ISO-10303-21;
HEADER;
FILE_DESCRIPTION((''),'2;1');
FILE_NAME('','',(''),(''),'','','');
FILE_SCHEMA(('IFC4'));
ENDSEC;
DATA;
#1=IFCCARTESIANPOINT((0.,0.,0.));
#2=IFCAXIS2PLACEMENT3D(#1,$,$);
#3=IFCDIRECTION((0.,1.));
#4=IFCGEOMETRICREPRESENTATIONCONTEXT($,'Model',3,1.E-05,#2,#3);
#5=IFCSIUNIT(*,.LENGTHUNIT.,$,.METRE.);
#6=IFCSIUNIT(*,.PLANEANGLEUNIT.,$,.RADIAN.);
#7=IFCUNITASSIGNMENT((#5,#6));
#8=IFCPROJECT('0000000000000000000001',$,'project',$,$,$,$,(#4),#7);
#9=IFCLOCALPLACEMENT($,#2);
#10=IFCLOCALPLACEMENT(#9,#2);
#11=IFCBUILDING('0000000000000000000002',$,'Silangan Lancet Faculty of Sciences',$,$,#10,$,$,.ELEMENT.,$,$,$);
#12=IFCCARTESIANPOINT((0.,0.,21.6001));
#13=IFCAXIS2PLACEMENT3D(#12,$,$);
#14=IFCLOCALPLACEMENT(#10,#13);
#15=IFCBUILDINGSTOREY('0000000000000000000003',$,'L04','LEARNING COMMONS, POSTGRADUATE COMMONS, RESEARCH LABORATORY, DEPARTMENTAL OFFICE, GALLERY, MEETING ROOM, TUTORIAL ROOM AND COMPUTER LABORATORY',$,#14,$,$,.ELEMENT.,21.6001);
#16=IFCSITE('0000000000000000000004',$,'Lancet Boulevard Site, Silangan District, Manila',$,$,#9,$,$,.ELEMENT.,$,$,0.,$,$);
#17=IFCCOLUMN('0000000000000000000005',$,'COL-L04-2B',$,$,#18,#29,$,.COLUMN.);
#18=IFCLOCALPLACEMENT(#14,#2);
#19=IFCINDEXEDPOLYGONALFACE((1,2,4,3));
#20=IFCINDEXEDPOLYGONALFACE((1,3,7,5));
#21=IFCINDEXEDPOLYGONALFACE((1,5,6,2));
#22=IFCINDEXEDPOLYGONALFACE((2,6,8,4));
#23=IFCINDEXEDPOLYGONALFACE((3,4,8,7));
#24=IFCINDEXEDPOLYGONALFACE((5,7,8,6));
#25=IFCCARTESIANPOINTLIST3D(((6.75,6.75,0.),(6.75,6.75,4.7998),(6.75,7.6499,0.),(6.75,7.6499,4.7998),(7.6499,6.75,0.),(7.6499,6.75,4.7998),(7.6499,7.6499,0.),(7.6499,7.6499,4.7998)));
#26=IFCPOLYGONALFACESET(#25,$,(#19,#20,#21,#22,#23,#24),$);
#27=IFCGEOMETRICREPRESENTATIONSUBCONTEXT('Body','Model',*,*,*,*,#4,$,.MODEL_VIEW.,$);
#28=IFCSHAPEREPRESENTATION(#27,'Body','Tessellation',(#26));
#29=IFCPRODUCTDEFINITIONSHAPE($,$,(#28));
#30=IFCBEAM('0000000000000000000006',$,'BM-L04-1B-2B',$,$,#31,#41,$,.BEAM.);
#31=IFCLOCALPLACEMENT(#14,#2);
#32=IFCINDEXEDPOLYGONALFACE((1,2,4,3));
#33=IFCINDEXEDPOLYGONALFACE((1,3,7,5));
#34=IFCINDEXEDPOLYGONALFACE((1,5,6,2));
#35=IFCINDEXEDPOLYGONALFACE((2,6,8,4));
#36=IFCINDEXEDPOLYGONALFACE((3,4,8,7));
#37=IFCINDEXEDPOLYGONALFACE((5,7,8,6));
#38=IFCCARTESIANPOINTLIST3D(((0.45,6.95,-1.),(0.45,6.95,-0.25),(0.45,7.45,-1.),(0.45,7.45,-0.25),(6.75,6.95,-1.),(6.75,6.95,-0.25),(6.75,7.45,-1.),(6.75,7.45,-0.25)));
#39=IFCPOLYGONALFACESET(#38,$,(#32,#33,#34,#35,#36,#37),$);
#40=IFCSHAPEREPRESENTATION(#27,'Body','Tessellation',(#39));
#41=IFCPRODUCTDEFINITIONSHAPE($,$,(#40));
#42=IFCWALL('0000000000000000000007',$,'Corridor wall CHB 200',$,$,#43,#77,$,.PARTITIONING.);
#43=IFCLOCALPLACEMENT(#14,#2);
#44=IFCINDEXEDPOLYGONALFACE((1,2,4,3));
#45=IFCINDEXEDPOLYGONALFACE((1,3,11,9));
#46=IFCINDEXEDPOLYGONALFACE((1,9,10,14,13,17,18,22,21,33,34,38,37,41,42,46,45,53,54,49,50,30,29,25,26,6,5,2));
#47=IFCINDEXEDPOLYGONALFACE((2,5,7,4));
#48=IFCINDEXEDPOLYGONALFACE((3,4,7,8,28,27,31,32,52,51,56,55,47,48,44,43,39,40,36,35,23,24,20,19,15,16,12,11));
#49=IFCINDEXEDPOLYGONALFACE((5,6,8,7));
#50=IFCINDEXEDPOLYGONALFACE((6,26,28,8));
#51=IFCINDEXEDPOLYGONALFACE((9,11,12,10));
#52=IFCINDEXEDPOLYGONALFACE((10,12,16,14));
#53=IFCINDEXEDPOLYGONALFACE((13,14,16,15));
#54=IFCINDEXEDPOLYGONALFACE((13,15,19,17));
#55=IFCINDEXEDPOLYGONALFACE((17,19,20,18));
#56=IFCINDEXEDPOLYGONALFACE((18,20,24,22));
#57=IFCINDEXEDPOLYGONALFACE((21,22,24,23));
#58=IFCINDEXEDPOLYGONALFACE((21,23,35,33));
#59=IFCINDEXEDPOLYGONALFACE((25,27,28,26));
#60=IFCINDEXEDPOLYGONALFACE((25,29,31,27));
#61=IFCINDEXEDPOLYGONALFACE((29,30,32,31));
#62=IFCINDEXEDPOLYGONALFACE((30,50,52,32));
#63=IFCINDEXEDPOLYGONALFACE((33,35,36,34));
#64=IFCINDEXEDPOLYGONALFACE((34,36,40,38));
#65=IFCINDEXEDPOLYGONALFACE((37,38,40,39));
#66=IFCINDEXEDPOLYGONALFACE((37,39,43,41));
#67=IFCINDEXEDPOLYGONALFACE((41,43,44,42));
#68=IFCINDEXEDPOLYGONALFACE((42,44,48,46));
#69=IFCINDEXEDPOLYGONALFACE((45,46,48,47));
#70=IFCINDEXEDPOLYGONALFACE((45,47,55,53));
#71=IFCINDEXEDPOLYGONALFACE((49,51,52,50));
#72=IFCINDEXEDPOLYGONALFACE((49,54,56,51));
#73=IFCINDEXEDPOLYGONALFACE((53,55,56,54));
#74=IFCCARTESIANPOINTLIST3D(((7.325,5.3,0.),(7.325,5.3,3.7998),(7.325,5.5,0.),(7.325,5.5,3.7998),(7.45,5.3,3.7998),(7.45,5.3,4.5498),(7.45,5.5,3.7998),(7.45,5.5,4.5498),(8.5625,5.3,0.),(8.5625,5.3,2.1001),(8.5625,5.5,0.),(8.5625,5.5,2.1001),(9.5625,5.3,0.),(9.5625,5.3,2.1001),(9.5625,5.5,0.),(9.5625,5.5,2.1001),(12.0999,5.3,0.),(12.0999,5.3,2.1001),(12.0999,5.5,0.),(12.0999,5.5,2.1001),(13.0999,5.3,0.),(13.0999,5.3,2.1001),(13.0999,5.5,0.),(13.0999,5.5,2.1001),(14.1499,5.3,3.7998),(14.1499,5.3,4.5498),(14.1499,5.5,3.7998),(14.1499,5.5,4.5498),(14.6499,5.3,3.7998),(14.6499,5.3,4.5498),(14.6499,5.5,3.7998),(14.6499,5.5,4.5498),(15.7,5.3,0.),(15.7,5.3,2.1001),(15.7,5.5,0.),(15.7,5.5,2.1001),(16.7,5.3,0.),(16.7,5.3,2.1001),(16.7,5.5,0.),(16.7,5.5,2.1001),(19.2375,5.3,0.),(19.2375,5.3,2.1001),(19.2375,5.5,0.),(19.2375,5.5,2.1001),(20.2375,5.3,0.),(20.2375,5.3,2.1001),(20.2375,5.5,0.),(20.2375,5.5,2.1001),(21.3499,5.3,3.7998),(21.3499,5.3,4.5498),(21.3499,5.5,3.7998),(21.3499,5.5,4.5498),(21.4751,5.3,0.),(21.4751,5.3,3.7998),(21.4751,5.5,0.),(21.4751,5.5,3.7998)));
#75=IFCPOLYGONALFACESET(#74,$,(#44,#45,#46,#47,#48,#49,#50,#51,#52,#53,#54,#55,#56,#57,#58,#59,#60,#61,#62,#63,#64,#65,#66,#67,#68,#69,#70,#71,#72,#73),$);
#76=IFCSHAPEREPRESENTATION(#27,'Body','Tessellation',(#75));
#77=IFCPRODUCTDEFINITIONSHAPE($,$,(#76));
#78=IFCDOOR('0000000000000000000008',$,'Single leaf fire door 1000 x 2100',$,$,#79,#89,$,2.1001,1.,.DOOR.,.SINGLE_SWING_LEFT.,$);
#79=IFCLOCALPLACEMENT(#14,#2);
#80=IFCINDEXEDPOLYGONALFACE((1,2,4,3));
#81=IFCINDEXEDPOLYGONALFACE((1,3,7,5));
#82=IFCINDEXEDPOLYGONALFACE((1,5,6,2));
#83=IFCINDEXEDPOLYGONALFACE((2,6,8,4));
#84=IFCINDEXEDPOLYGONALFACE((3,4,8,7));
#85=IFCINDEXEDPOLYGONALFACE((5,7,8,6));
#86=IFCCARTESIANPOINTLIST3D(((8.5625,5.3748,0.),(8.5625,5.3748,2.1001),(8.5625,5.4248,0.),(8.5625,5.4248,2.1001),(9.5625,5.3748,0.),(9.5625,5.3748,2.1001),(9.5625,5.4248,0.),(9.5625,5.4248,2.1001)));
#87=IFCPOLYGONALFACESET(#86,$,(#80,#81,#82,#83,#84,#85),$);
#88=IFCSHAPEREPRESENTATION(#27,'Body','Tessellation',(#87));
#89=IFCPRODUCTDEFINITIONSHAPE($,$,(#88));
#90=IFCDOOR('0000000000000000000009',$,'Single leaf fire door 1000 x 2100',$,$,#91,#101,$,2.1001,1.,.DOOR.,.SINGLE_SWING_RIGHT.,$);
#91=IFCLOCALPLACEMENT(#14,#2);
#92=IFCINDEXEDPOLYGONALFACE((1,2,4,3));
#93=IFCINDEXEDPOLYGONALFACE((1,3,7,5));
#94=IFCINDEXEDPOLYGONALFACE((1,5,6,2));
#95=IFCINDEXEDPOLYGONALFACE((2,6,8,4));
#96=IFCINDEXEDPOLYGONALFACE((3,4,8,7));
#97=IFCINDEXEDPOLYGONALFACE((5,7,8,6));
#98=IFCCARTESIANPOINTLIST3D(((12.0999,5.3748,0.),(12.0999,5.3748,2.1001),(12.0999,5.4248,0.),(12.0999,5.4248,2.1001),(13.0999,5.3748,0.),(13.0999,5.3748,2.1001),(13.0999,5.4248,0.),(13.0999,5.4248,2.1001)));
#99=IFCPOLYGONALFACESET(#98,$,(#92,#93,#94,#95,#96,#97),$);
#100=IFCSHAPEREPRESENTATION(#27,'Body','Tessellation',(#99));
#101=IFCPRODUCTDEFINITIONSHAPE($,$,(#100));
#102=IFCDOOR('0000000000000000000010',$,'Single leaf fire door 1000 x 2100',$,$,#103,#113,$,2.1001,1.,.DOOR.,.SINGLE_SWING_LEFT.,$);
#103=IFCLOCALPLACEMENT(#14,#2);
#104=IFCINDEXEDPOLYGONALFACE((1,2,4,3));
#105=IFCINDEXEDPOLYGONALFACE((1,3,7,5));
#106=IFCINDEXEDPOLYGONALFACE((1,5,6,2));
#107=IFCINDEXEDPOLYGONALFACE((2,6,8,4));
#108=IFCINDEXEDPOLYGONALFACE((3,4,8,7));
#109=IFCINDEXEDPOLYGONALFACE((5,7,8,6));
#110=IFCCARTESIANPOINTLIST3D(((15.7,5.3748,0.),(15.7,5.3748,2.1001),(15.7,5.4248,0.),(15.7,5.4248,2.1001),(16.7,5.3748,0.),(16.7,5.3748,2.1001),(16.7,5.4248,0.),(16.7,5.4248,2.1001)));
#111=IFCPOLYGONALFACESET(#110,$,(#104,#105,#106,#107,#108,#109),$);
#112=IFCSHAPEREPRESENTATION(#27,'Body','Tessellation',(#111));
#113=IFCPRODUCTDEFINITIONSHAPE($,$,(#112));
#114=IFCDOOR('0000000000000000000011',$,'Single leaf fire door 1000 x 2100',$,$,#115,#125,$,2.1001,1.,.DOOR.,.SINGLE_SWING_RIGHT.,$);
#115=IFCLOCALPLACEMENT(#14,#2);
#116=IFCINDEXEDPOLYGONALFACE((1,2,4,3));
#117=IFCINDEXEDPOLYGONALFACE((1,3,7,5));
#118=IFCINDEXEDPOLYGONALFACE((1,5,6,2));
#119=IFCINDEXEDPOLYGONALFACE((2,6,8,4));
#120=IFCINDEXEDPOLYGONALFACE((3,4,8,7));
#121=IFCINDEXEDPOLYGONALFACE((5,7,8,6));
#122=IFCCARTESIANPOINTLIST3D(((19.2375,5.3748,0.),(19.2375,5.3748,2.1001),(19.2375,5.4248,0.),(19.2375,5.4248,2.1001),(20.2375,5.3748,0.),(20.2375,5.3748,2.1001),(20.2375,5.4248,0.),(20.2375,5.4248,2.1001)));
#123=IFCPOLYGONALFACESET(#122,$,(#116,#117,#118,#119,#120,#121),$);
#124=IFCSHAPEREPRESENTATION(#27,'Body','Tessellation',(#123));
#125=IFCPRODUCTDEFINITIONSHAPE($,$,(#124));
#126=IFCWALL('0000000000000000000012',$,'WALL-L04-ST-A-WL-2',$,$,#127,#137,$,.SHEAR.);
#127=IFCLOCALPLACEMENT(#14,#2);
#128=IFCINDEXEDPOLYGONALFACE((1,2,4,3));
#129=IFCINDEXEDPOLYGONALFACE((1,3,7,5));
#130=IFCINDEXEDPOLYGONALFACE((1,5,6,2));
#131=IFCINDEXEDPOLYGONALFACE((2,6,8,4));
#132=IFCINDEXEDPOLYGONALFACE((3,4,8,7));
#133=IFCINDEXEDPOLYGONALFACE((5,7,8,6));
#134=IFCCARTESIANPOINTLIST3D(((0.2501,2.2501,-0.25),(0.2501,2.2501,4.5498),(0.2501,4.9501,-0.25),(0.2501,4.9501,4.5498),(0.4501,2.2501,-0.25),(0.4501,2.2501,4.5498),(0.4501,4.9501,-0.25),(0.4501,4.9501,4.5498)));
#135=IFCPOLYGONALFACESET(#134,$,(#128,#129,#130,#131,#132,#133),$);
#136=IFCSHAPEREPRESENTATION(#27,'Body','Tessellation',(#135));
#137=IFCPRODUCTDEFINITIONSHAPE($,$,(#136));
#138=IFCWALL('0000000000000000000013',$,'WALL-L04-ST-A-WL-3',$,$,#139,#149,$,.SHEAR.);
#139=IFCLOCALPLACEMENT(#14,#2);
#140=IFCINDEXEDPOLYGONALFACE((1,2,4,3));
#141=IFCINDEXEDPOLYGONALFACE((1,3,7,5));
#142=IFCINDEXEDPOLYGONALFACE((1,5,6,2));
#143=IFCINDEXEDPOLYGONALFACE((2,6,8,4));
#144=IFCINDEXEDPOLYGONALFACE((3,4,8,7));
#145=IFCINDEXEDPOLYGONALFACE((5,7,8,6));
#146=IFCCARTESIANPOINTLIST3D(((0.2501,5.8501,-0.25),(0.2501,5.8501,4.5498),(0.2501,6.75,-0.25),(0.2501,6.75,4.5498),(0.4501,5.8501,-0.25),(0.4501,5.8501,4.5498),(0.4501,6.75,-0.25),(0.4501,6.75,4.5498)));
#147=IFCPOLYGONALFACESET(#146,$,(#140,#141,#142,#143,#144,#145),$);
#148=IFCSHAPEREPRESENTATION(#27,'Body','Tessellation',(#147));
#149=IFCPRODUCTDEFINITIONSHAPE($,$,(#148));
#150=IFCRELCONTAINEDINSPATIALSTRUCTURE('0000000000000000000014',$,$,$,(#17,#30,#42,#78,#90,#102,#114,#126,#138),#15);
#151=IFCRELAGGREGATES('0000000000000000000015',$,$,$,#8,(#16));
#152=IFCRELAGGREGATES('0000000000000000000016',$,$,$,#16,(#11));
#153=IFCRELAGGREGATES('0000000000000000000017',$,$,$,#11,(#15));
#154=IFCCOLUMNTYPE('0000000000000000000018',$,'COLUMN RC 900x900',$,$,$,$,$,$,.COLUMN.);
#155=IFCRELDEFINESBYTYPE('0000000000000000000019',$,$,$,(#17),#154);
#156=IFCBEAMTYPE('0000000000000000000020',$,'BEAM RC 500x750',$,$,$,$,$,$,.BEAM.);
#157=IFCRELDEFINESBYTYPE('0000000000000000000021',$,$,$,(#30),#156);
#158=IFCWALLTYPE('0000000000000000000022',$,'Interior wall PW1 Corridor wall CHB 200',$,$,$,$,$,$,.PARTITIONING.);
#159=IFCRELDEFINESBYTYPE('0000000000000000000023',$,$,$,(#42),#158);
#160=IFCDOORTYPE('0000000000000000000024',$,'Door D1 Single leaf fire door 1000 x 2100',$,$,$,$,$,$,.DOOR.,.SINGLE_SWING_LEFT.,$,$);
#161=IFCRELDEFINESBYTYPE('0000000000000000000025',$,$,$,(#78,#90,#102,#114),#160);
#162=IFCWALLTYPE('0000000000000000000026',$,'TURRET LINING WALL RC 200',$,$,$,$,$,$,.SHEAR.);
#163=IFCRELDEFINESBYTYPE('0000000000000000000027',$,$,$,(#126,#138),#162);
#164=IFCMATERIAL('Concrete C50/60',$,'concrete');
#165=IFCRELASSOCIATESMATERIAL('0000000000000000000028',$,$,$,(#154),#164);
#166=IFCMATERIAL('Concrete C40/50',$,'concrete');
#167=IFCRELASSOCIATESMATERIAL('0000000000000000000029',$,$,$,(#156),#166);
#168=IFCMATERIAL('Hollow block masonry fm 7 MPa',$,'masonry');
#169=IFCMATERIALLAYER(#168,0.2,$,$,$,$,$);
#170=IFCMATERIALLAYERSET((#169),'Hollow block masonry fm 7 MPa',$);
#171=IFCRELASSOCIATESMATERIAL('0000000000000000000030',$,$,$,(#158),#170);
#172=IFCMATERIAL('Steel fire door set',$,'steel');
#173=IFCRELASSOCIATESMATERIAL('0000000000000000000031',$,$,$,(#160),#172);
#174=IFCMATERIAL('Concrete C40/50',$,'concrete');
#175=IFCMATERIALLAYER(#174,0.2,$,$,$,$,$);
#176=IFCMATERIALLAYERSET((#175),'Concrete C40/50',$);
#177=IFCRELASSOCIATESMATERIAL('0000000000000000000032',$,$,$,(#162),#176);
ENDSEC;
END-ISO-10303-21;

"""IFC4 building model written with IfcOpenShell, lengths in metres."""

from ifc_helpers import new_model, si_unit, direction, frame, frame_2d, origin, origin_2d, place, context, subcontext, project, spatial, polyline, rectangle, outline, extrude, material, layer, layer_set, material_profile, profile_set, type_object, element, fill, save


model = new_model("IFC4")

# Units and contexts
model_context = context("Model", 3, precision=1e-05, world=origin(), true_north=direction((0.0, 1.0)))
body_context = subcontext(model_context, "Body", "Model", "MODEL_VIEW")
ifc_project = project(units=[si_unit("LENGTHUNIT", "METRE"), si_unit("PLANEANGLEUNIT", "RADIAN")], contexts=[model_context])

# Site, building, storey
site_placement = place(None, origin())
site = spatial("IfcSite", under=ifc_project, at=site_placement, Name="Lancet Boulevard Site, Silangan District, Manila", CompositionType="ELEMENT", RefElevation=0.0)
building_placement = place(site_placement, origin())
building = spatial("IfcBuilding", under=site, at=building_placement, Name="Silangan Lancet Faculty of Sciences", CompositionType="ELEMENT")
storey_placement = place(building_placement, frame((0.0, 0.0, 21.6001)))
storey = spatial("IfcBuildingStorey", under=building, at=storey_placement, Name="L04", Description="LEARNING COMMONS, POSTGRADUATE COMMONS, RESEARCH LABORATORY, DEPARTMENTAL OFFICE, GALLERY, MEETING ROOM, TUTORIAL ROOM AND COMPUTER LABORATORY", CompositionType="ELEMENT", Elevation=21.6001)

# Column
ifc_material_1 = material(Name="Concrete C50/60", Category="concrete")
ifc_material_profile_1 = material_profile(ifc_material_1, rectangle(XDim=0.8999, YDim=0.8999, at=origin_2d()), Name="RC 900x900")
ifc_profile_set_1 = profile_set([ifc_material_profile_1], Name="Concrete C50/60")
column_type = type_object("IfcColumnType", Name="COLUMN RC 900x900", PredefinedType="COLUMN", material=ifc_profile_set_1)
column_placement = place(storey_placement, frame((7.2, 7.2, 0.0), z_axis=(0.0, 0.0, 1.0), x_axis=(1.0, 0.0, 0.0)))
element("IfcColumn", 1, at=column_placement, inside=storey, type_object=column_type, Name="COL-L04-2B", PredefinedType="COLUMN", context=body_context, shape_type="SweptSolid", body=[
    extrude(rectangle(XDim=0.8999, YDim=0.8999, at=origin_2d()), origin(), (0.0, 0.0, 1.0), 4.7998),
])

# Beam
ifc_material_2 = material(Name="Concrete C40/50", Category="concrete")
ifc_material_profile_2 = material_profile(ifc_material_2, rectangle(XDim=0.5, YDim=0.75, at=origin_2d()), Name="RC 500x750")
ifc_profile_set_2 = profile_set([ifc_material_profile_2], Name="Concrete C40/50")
beam_type = type_object("IfcBeamType", Name="BEAM RC 500x750", PredefinedType="BEAM", material=ifc_profile_set_2)
beam_placement = place(storey_placement, frame((0.45, 7.2, -0.625), z_axis=(1.0, 0.0, 0.0), x_axis=(0.0, 1.0, 0.0)))
element("IfcBeam", 2, at=beam_placement, inside=storey, type_object=beam_type, Name="BM-L04-1B-2B", PredefinedType="BEAM", context=body_context, shape_type="SweptSolid", body=[
    extrude(rectangle(XDim=0.5, YDim=0.75, at=origin_2d()), origin(), (0.0, 0.0, 1.0), 6.3),
])

# Wall, openings, doors
ifc_material_3 = material(Name="Hollow block masonry fm 7 MPa", Category="masonry")
ifc_layer_1 = layer(ifc_material_3, 0.2)
ifc_layer_set_1 = layer_set([ifc_layer_1], Name="Hollow block masonry fm 7 MPa")
wall_type_1 = type_object("IfcWallType", Name="Interior wall PW1 Corridor wall CHB 200", PredefinedType="PARTITIONING", material=ifc_layer_set_1)
wall_1_placement = place(storey_placement, frame((7.325, 5.3999, 0.0), z_axis=(0.0, 0.0, 1.0), x_axis=(1.0, 0.0, 0.0)))
wall_1 = element("IfcWall", 3, at=wall_1_placement, inside=storey, type_object=wall_type_1, Name="Corridor wall CHB 200", PredefinedType="PARTITIONING", context=body_context, shape_type="SweptSolid", body=[
    extrude(outline(polyline([(0.0, 0.0), (14.1501, 0.0), (14.1501, 3.7998), (14.0249, 3.7998), (14.0249, 4.5498), (7.325, 4.5498), (7.325, 3.7998), (6.825, 3.7998), (6.825, 4.5498), (0.125, 4.5498), (0.125, 3.7998), (0.0, 3.7998), (0.0, 0.0)])), frame((0.0, 0.1001, 0.0), z_axis=(0.0, -1.0, 0.0), x_axis=(1.0, 0.0, 0.0)), (0.0, 0.0, 1.0), 0.2),
])
opening_1_placement = place(wall_1_placement, frame((1.2375, 0.0, 0.0)))
opening_1 = element("IfcOpeningElement", 4, at=opening_1_placement, cuts=wall_1, PredefinedType="OPENING", context=body_context, shape_type="SweptSolid", body=[
    extrude(rectangle(XDim=1.0, YDim=2.1001, at=frame_2d((0.5, 1.05))), frame((0.0, 0.1099, 0.0), z_axis=(0.0, -1.0, 0.0), x_axis=(1.0, 0.0, 0.0)), (0.0, 0.0, 1.0), 0.22),
])
opening_2_placement = place(wall_1_placement, frame((4.7749, 0.0, 0.0)))
opening_2 = element("IfcOpeningElement", 5, at=opening_2_placement, cuts=wall_1, PredefinedType="OPENING", context=body_context, shape_type="SweptSolid", body=[
    extrude(rectangle(XDim=1.0, YDim=2.1001, at=frame_2d((0.5, 1.05))), frame((0.0, 0.1099, 0.0), z_axis=(0.0, -1.0, 0.0), x_axis=(1.0, 0.0, 0.0)), (0.0, 0.0, 1.0), 0.22),
])
opening_3_placement = place(wall_1_placement, frame((8.375, 0.0, 0.0)))
opening_3 = element("IfcOpeningElement", 6, at=opening_3_placement, cuts=wall_1, PredefinedType="OPENING", context=body_context, shape_type="SweptSolid", body=[
    extrude(rectangle(XDim=1.0, YDim=2.1001, at=frame_2d((0.5, 1.05))), frame((0.0, 0.1099, 0.0), z_axis=(0.0, -1.0, 0.0), x_axis=(1.0, 0.0, 0.0)), (0.0, 0.0, 1.0), 0.22),
])
opening_4_placement = place(wall_1_placement, frame((11.9126, 0.0, 0.0)))
opening_4 = element("IfcOpeningElement", 7, at=opening_4_placement, cuts=wall_1, PredefinedType="OPENING", context=body_context, shape_type="SweptSolid", body=[
    extrude(rectangle(XDim=1.0, YDim=2.1001, at=frame_2d((0.5, 1.05))), frame((0.0, 0.1099, 0.0), z_axis=(0.0, -1.0, 0.0), x_axis=(1.0, 0.0, 0.0)), (0.0, 0.0, 1.0), 0.22),
])
ifc_material_4 = material(Name="Steel fire door set", Category="steel")
door_type_1 = type_object("IfcDoorType", Name="Door D1 Single leaf fire door 1000 x 2100", OperationType="SINGLE_SWING_LEFT", PredefinedType="DOOR", material=ifc_material_4)
door_1_placement = place(opening_1_placement, frame((1.0, 0.0, 0.0), z_axis=(0.0, 0.0, 1.0), x_axis=(-1.0, 0.0, 0.0)))
door_1 = element("IfcDoor", 8, at=door_1_placement, inside=storey, type_object=door_type_1, Name="Single leaf fire door 1000 x 2100", OperationType="SINGLE_SWING_LEFT", OverallHeight=2.1001, OverallWidth=1.0, PredefinedType="DOOR", context=body_context, shape_type="SweptSolid", body=[
    extrude(rectangle(XDim=1.0, YDim=2.1001, at=frame_2d((0.5, 1.05))), frame((0.0, 0.0251, 0.0), z_axis=(0.0, -1.0, 0.0), x_axis=(1.0, 0.0, 0.0)), (0.0, 0.0, 1.0), 0.05),
])
fill(opening_1, door_1)
door_2_placement = place(opening_2_placement, frame((1.0, 0.0, 0.0), z_axis=(0.0, 0.0, 1.0), x_axis=(-1.0, 0.0, 0.0)))
door_2 = element("IfcDoor", 9, at=door_2_placement, inside=storey, type_object=door_type_1, Name="Single leaf fire door 1000 x 2100", OperationType="SINGLE_SWING_RIGHT", OverallHeight=2.1001, OverallWidth=1.0, PredefinedType="DOOR", context=body_context, shape_type="SweptSolid", body=[
    extrude(rectangle(XDim=1.0, YDim=2.1001, at=frame_2d((0.5, 1.05))), frame((0.0, 0.0251, 0.0), z_axis=(0.0, -1.0, 0.0), x_axis=(1.0, 0.0, 0.0)), (0.0, 0.0, 1.0), 0.05),
])
fill(opening_2, door_2)
door_3_placement = place(opening_3_placement, frame((1.0, 0.0, 0.0), z_axis=(0.0, 0.0, 1.0), x_axis=(-1.0, 0.0, 0.0)))
door_3 = element("IfcDoor", 10, at=door_3_placement, inside=storey, type_object=door_type_1, Name="Single leaf fire door 1000 x 2100", OperationType="SINGLE_SWING_LEFT", OverallHeight=2.1001, OverallWidth=1.0, PredefinedType="DOOR", context=body_context, shape_type="SweptSolid", body=[
    extrude(rectangle(XDim=1.0, YDim=2.1001, at=frame_2d((0.5, 1.05))), frame((0.0, 0.0251, 0.0), z_axis=(0.0, -1.0, 0.0), x_axis=(1.0, 0.0, 0.0)), (0.0, 0.0, 1.0), 0.05),
])
fill(opening_3, door_3)
door_4_placement = place(opening_4_placement, frame((1.0, 0.0, 0.0), z_axis=(0.0, 0.0, 1.0), x_axis=(-1.0, 0.0, 0.0)))
door_4 = element("IfcDoor", 11, at=door_4_placement, inside=storey, type_object=door_type_1, Name="Single leaf fire door 1000 x 2100", OperationType="SINGLE_SWING_RIGHT", OverallHeight=2.1001, OverallWidth=1.0, PredefinedType="DOOR", context=body_context, shape_type="SweptSolid", body=[
    extrude(rectangle(XDim=1.0, YDim=2.1001, at=frame_2d((0.5, 1.05))), frame((0.0, 0.0251, 0.0), z_axis=(0.0, -1.0, 0.0), x_axis=(1.0, 0.0, 0.0)), (0.0, 0.0, 1.0), 0.05),
])
fill(opening_4, door_4)

# Walls
ifc_material_5 = material(Name="Concrete C40/50", Category="concrete")
ifc_layer_2 = layer(ifc_material_5, 0.2)
ifc_layer_set_2 = layer_set([ifc_layer_2], Name="Concrete C40/50")
wall_type_2 = type_object("IfcWallType", Name="TURRET LINING WALL RC 200", PredefinedType="SHEAR", material=ifc_layer_set_2)
wall_2_placement = place(storey_placement, frame((0.3501, 2.25, -0.25), z_axis=(0.0, 0.0, 1.0), x_axis=(0.0, 1.0, 0.0)))
element("IfcWall", 12, at=wall_2_placement, inside=storey, type_object=wall_type_2, Name="WALL-L04-ST-A-WL-2", PredefinedType="SHEAR", context=body_context, shape_type="SweptSolid", body=[
    extrude(rectangle(XDim=2.7, YDim=0.2, at=frame_2d((1.3501, 0.0))), origin(), (0.0, 0.0, 1.0), 4.7998),
])
wall_3_placement = place(storey_placement, frame((0.3501, 5.8501, -0.25), z_axis=(0.0, 0.0, 1.0), x_axis=(0.0, 1.0, 0.0)))
element("IfcWall", 13, at=wall_3_placement, inside=storey, type_object=wall_type_2, Name="WALL-L04-ST-A-WL-3", PredefinedType="SHEAR", context=body_context, shape_type="SweptSolid", body=[
    extrude(rectangle(XDim=0.8999, YDim=0.2, at=frame_2d((0.45, 0.0))), origin(), (0.0, 0.0, 1.0), 4.7998),
])

save(model, "model.ifc")
